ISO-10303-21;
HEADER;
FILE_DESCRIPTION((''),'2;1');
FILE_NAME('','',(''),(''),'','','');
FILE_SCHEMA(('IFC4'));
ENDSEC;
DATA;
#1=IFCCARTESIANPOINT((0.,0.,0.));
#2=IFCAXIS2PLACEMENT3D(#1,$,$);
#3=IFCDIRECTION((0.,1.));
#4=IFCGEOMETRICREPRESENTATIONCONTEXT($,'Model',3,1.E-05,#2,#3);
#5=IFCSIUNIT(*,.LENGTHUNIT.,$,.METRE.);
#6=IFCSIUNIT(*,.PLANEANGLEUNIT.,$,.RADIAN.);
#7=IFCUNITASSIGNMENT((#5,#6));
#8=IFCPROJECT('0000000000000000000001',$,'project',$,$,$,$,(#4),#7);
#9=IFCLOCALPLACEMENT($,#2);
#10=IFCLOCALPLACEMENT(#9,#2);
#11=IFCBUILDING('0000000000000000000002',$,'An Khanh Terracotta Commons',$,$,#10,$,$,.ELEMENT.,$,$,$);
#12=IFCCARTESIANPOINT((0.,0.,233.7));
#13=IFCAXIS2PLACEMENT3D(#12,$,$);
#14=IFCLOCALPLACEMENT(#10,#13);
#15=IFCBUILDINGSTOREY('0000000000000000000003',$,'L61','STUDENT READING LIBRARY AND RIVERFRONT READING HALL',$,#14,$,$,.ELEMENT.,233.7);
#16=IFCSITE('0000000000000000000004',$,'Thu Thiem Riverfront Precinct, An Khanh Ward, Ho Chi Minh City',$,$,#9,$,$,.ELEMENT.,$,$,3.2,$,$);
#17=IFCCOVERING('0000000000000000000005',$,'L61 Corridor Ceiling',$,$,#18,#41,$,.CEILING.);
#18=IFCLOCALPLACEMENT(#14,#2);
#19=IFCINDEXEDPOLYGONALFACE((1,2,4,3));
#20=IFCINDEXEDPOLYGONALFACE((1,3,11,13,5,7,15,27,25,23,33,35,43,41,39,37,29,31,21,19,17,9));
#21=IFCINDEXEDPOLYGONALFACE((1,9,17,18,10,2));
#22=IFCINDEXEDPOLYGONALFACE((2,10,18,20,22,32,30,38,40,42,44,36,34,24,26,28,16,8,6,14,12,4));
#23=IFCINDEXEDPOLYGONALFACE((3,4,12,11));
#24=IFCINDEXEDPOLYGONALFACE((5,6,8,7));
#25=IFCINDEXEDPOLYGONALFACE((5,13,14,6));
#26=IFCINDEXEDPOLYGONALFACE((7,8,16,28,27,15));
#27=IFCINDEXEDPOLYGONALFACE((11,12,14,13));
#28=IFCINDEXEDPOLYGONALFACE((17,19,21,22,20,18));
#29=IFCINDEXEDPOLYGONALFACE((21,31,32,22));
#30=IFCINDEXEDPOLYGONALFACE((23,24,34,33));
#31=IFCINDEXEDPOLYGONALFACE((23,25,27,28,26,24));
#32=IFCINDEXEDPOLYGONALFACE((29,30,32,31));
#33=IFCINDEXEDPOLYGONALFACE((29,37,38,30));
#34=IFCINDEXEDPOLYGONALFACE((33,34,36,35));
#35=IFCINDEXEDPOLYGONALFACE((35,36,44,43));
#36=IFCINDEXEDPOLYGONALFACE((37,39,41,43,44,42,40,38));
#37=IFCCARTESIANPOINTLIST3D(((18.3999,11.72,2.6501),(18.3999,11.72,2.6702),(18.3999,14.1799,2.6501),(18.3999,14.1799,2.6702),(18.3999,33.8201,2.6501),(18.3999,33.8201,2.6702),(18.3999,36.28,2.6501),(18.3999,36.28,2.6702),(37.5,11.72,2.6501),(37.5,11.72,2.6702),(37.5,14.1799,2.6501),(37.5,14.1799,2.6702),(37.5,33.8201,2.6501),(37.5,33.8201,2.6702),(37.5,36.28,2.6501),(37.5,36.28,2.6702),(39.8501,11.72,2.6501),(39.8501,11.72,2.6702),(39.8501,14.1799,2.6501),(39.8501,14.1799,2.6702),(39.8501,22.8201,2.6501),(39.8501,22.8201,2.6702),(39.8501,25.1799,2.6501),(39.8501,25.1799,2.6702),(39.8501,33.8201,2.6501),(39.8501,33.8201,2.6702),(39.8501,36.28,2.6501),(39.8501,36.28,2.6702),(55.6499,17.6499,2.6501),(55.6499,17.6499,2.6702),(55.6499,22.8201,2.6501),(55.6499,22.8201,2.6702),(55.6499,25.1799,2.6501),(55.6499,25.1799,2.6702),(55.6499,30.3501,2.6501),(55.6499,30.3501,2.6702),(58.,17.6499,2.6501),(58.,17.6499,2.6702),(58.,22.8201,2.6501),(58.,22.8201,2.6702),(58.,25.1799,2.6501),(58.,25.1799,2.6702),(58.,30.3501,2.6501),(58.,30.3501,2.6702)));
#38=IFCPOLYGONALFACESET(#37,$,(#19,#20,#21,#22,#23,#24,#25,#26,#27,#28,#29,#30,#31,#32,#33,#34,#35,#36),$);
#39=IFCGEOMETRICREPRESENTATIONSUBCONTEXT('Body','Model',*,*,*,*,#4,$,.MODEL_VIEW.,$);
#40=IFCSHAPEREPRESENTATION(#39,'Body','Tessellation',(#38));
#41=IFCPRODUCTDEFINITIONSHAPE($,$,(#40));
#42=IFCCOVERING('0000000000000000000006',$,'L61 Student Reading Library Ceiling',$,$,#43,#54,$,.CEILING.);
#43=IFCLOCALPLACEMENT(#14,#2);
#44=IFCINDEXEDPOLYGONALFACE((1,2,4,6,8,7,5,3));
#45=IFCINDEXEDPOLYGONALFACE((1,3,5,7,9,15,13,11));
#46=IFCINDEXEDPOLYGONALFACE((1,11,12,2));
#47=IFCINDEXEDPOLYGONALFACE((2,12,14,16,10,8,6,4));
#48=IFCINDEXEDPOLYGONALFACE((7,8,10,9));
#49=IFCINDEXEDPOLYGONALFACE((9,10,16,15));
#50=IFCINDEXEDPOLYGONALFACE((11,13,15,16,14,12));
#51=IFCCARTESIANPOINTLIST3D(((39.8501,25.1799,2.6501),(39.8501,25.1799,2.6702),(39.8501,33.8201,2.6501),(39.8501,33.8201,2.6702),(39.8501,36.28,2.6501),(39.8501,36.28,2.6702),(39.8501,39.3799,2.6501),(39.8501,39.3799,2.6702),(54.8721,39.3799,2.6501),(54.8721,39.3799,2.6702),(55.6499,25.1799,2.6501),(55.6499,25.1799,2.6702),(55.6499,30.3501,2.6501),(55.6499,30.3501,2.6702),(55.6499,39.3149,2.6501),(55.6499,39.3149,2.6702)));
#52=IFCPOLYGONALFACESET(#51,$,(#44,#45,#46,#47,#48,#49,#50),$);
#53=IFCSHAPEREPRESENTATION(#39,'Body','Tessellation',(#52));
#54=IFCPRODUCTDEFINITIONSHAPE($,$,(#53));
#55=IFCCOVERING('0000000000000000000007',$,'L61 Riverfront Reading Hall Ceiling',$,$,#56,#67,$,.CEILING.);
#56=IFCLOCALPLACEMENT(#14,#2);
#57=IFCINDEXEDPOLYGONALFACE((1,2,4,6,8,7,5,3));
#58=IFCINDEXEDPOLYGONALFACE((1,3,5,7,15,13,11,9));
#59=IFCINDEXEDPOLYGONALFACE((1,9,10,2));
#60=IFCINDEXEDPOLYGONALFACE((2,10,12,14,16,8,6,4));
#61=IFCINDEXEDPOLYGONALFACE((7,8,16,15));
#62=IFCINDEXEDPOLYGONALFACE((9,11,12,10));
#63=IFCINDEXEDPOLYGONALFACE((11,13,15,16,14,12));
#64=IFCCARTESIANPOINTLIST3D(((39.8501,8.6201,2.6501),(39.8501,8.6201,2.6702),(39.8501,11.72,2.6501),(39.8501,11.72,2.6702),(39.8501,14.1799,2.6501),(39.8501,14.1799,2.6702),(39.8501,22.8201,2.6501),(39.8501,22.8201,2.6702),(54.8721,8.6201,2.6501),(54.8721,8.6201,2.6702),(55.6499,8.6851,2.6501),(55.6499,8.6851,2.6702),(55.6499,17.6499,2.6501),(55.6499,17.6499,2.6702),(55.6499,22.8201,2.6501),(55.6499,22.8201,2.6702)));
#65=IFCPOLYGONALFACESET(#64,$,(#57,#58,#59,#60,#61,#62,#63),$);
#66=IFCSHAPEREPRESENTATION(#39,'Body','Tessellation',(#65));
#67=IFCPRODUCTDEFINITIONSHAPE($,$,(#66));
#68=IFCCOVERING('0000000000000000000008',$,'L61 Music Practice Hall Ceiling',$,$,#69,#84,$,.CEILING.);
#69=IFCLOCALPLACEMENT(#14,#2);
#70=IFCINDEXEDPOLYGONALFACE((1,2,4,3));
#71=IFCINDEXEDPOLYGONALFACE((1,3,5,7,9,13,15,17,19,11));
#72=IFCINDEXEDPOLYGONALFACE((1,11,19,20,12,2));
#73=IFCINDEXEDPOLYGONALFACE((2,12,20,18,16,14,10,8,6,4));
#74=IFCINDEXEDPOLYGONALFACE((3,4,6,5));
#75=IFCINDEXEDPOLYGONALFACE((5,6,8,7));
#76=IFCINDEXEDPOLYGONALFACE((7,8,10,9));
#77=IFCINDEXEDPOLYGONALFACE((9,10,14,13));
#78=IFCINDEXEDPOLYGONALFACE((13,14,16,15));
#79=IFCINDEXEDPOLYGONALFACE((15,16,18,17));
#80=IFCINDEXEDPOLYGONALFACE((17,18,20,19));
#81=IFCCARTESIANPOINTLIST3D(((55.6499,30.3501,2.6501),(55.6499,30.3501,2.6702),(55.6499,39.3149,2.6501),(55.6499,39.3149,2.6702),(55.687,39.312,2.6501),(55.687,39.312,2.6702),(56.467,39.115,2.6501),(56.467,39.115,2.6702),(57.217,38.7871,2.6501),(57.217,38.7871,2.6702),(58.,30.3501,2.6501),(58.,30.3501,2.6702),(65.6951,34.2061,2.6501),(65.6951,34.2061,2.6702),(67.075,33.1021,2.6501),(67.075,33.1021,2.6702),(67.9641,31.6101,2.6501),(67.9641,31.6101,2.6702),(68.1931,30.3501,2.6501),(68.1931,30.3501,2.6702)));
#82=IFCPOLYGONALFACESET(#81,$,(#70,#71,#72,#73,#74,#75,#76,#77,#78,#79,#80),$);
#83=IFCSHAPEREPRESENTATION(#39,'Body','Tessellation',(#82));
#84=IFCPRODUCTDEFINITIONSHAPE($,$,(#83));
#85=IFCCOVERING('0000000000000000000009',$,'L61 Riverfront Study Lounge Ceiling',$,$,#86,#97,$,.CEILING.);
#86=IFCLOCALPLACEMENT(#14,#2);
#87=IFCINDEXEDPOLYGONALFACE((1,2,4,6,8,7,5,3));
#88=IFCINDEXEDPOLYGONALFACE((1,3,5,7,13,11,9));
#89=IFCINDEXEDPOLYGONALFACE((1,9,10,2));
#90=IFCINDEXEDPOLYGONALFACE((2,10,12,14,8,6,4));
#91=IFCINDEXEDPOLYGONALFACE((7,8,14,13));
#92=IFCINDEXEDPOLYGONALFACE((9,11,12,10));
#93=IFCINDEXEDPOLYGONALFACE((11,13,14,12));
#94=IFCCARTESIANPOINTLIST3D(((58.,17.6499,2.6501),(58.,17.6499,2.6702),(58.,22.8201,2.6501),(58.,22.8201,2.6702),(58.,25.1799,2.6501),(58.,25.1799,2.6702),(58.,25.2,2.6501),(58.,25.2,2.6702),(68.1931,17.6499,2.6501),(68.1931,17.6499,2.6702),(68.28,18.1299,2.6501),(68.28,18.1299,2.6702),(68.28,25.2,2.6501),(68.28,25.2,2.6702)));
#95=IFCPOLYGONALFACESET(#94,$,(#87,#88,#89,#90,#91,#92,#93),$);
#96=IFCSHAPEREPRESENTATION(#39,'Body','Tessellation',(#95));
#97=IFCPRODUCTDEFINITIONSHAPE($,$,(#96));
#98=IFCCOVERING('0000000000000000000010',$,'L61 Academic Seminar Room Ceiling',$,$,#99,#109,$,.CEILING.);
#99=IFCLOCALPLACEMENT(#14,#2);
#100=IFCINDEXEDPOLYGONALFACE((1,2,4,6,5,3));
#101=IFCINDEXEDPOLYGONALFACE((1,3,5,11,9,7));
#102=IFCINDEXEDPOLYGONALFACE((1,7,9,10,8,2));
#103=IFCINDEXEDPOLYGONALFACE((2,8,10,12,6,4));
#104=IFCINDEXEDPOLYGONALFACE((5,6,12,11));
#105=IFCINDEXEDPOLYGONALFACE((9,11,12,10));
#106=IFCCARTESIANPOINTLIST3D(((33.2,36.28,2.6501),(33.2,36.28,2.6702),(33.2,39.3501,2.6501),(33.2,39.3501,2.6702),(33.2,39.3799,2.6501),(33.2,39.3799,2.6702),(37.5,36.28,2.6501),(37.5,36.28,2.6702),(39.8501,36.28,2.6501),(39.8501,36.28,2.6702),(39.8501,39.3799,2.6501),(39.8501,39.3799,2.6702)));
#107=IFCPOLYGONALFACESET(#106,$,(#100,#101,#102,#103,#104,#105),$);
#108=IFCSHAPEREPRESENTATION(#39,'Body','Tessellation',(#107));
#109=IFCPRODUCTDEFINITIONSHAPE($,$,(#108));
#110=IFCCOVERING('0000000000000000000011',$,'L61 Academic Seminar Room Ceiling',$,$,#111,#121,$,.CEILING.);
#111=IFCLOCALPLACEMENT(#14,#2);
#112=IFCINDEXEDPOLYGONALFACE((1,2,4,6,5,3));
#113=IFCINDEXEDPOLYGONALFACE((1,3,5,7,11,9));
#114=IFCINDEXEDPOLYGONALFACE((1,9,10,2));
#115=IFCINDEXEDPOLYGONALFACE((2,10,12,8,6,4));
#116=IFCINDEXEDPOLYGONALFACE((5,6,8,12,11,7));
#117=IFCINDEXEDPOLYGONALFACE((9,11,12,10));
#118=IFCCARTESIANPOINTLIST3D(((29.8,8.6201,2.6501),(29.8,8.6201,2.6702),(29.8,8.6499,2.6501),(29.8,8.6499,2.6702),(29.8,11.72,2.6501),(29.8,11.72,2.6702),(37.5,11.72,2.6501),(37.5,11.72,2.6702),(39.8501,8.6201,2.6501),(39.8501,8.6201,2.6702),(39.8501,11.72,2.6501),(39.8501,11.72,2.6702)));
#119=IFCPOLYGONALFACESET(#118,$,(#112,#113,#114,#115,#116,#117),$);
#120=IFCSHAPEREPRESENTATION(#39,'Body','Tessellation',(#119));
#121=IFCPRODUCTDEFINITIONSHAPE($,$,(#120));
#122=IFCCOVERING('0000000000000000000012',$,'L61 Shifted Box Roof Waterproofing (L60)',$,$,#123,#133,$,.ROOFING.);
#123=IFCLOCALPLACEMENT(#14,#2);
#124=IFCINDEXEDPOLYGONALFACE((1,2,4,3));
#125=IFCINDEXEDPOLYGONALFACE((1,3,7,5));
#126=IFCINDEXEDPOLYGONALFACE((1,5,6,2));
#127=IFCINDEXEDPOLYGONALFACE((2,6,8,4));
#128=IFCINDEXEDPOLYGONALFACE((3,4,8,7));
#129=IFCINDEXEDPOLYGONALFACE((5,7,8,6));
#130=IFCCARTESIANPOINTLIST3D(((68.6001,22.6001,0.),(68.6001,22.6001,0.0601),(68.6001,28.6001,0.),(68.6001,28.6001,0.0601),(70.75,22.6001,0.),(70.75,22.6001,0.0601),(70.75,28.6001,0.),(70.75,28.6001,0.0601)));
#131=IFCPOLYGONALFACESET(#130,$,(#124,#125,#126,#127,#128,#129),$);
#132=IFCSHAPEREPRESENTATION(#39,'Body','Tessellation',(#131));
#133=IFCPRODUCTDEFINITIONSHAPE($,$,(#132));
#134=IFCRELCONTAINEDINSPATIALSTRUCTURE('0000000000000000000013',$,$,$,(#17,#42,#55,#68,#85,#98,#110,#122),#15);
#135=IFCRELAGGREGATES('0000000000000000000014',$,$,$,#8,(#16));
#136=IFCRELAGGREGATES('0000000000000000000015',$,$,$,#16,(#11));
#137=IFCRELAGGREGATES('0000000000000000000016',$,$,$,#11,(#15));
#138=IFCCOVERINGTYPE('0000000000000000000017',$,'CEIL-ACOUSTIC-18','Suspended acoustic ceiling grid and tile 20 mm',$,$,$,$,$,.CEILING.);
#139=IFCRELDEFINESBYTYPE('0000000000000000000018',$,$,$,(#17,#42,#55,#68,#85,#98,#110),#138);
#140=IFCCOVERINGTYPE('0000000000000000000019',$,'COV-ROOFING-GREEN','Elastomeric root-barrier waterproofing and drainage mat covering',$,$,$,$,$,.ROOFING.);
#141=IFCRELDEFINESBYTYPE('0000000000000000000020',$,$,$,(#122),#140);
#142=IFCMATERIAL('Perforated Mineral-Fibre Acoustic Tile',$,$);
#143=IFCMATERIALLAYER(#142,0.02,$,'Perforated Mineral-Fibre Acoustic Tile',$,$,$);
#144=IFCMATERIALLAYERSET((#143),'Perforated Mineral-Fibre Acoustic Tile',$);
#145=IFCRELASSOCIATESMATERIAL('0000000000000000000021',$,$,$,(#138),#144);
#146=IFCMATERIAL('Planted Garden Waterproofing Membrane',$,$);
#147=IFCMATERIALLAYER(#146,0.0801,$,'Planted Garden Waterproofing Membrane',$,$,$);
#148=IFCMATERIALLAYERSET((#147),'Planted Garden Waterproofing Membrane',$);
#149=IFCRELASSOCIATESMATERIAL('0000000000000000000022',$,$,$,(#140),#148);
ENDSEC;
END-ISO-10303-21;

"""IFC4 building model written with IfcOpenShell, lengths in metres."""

from ifc_helpers import new_model, si_unit, direction, frame, origin, place, context, subcontext, project, spatial, polyline, outline, extrude, material, layer, layer_set, type_object, element, save


model = new_model("IFC4")

# Units and contexts
model_context = context("Model", 3, precision=1e-05, world=origin(), true_north=direction((0.0, 1.0)))
body_context = subcontext(model_context, "Body", "Model", "MODEL_VIEW")
ifc_project = project(units=[si_unit("LENGTHUNIT", "METRE"), si_unit("PLANEANGLEUNIT", "RADIAN")], contexts=[model_context])

# Site, building, storey
site_placement = place(None, origin())
site = spatial("IfcSite", under=ifc_project, at=site_placement, Name="Thu Thiem Riverfront Precinct, An Khanh Ward, Ho Chi Minh City", CompositionType="ELEMENT", RefElevation=3.2)
building_placement = place(site_placement, origin())
building = spatial("IfcBuilding", under=site, at=building_placement, Name="An Khanh Terracotta Commons", CompositionType="ELEMENT")
storey_placement = place(building_placement, frame((0.0, 0.0, 233.7)))
storey = spatial("IfcBuildingStorey", under=building, at=storey_placement, Name="L61", Description="STUDENT READING LIBRARY AND RIVERFRONT READING HALL", CompositionType="ELEMENT", Elevation=233.7)

# Coverings
ifc_material_1 = material(Name="Perforated Mineral-Fibre Acoustic Tile")
ifc_layer_1 = layer(ifc_material_1, 0.02, Name="Perforated Mineral-Fibre Acoustic Tile")
ifc_layer_set_1 = layer_set([ifc_layer_1], Name="Perforated Mineral-Fibre Acoustic Tile")
covering_type_1 = type_object("IfcCoveringType", Name="CEIL-ACOUSTIC-18", Description="Suspended acoustic ceiling grid and tile 20 mm", PredefinedType="CEILING", material=ifc_layer_set_1)
covering_1_placement = place(storey_placement, frame((0.0, 0.0, 2.6501)))
element("IfcCovering", 1, at=covering_1_placement, inside=storey, type_object=covering_type_1, Name="L61 Corridor Ceiling", PredefinedType="CEILING", context=body_context, shape_type="SweptSolid", body=[
    extrude(outline(polyline([(18.3999, 11.72), (18.3999, 14.1799), (37.5, 14.1799), (37.5, 33.8201), (18.3999, 33.8201), (18.3999, 36.28), (37.5, 36.28), (39.8501, 36.28), (39.8501, 33.8201), (39.8501, 25.1799), (55.6499, 25.1799), (55.6499, 30.3501), (58.0, 30.3501), (58.0, 25.1799), (58.0, 22.8201), (58.0, 17.6499), (55.6499, 17.6499), (55.6499, 22.8201), (39.8501, 22.8201), (39.8501, 14.1799), (39.8501, 11.72), (37.5, 11.72), (18.3999, 11.72)])), origin(), (0.0, 0.0, 1.0), 0.02),
])
covering_2_placement = place(storey_placement, frame((0.0, 0.0, 2.6501)))
element("IfcCovering", 2, at=covering_2_placement, inside=storey, type_object=covering_type_1, Name="L61 Student Reading Library Ceiling", PredefinedType="CEILING", context=body_context, shape_type="SweptSolid", body=[
    extrude(outline(polyline([(54.8721, 39.3799), (55.6499, 39.3149), (55.6499, 30.3501), (55.6499, 25.1799), (39.8501, 25.1799), (39.8501, 33.8201), (39.8501, 36.28), (39.8501, 39.3799), (54.8721, 39.3799)])), origin(), (0.0, 0.0, 1.0), 0.02),
])
covering_3_placement = place(storey_placement, frame((0.0, 0.0, 2.6501)))
element("IfcCovering", 3, at=covering_3_placement, inside=storey, type_object=covering_type_1, Name="L61 Riverfront Reading Hall Ceiling", PredefinedType="CEILING", context=body_context, shape_type="SweptSolid", body=[
    extrude(outline(polyline([(54.8721, 8.6201), (39.8501, 8.6201), (39.8501, 11.72), (39.8501, 14.1799), (39.8501, 22.8201), (55.6499, 22.8201), (55.6499, 17.6499), (55.6499, 8.6851), (54.8721, 8.6201)])), origin(), (0.0, 0.0, 1.0), 0.02),
])
covering_4_placement = place(storey_placement, frame((0.0, 0.0, 2.6501)))
element("IfcCovering", 4, at=covering_4_placement, inside=storey, type_object=covering_type_1, Name="L61 Music Practice Hall Ceiling", PredefinedType="CEILING", context=body_context, shape_type="SweptSolid", body=[
    extrude(outline(polyline([(55.687, 39.312), (56.467, 39.115), (57.217, 38.7871), (65.6951, 34.2061), (67.075, 33.1021), (67.9641, 31.6101), (68.1931, 30.3501), (58.0, 30.3501), (55.6499, 30.3501), (55.6499, 39.3149), (55.687, 39.312)])), origin(), (0.0, 0.0, 1.0), 0.02),
])
covering_5_placement = place(storey_placement, frame((0.0, 0.0, 2.6501)))
element("IfcCovering", 5, at=covering_5_placement, inside=storey, type_object=covering_type_1, Name="L61 Riverfront Study Lounge Ceiling", PredefinedType="CEILING", context=body_context, shape_type="SweptSolid", body=[
    extrude(outline(polyline([(68.28, 18.1299), (68.1931, 17.6499), (58.0, 17.6499), (58.0, 22.8201), (58.0, 25.1799), (58.0, 25.2), (68.28, 25.2), (68.28, 18.1299)])), origin(), (0.0, 0.0, 1.0), 0.02),
])
covering_6_placement = place(storey_placement, frame((0.0, 0.0, 2.6501)))
element("IfcCovering", 6, at=covering_6_placement, inside=storey, type_object=covering_type_1, Name="L61 Academic Seminar Room Ceiling", PredefinedType="CEILING", context=body_context, shape_type="SweptSolid", body=[
    extrude(outline(polyline([(39.8501, 39.3799), (39.8501, 36.28), (37.5, 36.28), (33.2, 36.28), (33.2, 39.3501), (33.2, 39.3799), (39.8501, 39.3799)])), origin(), (0.0, 0.0, 1.0), 0.02),
])
covering_7_placement = place(storey_placement, frame((0.0, 0.0, 2.6501)))
element("IfcCovering", 7, at=covering_7_placement, inside=storey, type_object=covering_type_1, Name="L61 Academic Seminar Room Ceiling", PredefinedType="CEILING", context=body_context, shape_type="SweptSolid", body=[
    extrude(outline(polyline([(29.8, 8.6201), (29.8, 8.6499), (29.8, 11.72), (37.5, 11.72), (39.8501, 11.72), (39.8501, 8.6201), (29.8, 8.6201)])), origin(), (0.0, 0.0, 1.0), 0.02),
])
ifc_material_2 = material(Name="Planted Garden Waterproofing Membrane")
ifc_layer_2 = layer(ifc_material_2, 0.0801, Name="Planted Garden Waterproofing Membrane")
ifc_layer_set_2 = layer_set([ifc_layer_2], Name="Planted Garden Waterproofing Membrane")
covering_type_2 = type_object("IfcCoveringType", Name="COV-ROOFING-GREEN", Description="Elastomeric root-barrier waterproofing and drainage mat covering", PredefinedType="ROOFING", material=ifc_layer_set_2)
covering_8_placement = place(storey_placement, origin())
element("IfcCovering", 8, at=covering_8_placement, inside=storey, type_object=covering_type_2, Name="L61 Shifted Box Roof Waterproofing (L60)", PredefinedType="ROOFING", context=body_context, shape_type="SweptSolid", body=[
    extrude(outline(polyline([(68.6001, 22.6001), (70.75, 22.6001), (70.75, 28.6001), (68.6001, 28.6001), (68.6001, 22.6001)])), origin(), (0.0, 0.0, 1.0), 0.0601),
])

save(model, "model.ifc")
